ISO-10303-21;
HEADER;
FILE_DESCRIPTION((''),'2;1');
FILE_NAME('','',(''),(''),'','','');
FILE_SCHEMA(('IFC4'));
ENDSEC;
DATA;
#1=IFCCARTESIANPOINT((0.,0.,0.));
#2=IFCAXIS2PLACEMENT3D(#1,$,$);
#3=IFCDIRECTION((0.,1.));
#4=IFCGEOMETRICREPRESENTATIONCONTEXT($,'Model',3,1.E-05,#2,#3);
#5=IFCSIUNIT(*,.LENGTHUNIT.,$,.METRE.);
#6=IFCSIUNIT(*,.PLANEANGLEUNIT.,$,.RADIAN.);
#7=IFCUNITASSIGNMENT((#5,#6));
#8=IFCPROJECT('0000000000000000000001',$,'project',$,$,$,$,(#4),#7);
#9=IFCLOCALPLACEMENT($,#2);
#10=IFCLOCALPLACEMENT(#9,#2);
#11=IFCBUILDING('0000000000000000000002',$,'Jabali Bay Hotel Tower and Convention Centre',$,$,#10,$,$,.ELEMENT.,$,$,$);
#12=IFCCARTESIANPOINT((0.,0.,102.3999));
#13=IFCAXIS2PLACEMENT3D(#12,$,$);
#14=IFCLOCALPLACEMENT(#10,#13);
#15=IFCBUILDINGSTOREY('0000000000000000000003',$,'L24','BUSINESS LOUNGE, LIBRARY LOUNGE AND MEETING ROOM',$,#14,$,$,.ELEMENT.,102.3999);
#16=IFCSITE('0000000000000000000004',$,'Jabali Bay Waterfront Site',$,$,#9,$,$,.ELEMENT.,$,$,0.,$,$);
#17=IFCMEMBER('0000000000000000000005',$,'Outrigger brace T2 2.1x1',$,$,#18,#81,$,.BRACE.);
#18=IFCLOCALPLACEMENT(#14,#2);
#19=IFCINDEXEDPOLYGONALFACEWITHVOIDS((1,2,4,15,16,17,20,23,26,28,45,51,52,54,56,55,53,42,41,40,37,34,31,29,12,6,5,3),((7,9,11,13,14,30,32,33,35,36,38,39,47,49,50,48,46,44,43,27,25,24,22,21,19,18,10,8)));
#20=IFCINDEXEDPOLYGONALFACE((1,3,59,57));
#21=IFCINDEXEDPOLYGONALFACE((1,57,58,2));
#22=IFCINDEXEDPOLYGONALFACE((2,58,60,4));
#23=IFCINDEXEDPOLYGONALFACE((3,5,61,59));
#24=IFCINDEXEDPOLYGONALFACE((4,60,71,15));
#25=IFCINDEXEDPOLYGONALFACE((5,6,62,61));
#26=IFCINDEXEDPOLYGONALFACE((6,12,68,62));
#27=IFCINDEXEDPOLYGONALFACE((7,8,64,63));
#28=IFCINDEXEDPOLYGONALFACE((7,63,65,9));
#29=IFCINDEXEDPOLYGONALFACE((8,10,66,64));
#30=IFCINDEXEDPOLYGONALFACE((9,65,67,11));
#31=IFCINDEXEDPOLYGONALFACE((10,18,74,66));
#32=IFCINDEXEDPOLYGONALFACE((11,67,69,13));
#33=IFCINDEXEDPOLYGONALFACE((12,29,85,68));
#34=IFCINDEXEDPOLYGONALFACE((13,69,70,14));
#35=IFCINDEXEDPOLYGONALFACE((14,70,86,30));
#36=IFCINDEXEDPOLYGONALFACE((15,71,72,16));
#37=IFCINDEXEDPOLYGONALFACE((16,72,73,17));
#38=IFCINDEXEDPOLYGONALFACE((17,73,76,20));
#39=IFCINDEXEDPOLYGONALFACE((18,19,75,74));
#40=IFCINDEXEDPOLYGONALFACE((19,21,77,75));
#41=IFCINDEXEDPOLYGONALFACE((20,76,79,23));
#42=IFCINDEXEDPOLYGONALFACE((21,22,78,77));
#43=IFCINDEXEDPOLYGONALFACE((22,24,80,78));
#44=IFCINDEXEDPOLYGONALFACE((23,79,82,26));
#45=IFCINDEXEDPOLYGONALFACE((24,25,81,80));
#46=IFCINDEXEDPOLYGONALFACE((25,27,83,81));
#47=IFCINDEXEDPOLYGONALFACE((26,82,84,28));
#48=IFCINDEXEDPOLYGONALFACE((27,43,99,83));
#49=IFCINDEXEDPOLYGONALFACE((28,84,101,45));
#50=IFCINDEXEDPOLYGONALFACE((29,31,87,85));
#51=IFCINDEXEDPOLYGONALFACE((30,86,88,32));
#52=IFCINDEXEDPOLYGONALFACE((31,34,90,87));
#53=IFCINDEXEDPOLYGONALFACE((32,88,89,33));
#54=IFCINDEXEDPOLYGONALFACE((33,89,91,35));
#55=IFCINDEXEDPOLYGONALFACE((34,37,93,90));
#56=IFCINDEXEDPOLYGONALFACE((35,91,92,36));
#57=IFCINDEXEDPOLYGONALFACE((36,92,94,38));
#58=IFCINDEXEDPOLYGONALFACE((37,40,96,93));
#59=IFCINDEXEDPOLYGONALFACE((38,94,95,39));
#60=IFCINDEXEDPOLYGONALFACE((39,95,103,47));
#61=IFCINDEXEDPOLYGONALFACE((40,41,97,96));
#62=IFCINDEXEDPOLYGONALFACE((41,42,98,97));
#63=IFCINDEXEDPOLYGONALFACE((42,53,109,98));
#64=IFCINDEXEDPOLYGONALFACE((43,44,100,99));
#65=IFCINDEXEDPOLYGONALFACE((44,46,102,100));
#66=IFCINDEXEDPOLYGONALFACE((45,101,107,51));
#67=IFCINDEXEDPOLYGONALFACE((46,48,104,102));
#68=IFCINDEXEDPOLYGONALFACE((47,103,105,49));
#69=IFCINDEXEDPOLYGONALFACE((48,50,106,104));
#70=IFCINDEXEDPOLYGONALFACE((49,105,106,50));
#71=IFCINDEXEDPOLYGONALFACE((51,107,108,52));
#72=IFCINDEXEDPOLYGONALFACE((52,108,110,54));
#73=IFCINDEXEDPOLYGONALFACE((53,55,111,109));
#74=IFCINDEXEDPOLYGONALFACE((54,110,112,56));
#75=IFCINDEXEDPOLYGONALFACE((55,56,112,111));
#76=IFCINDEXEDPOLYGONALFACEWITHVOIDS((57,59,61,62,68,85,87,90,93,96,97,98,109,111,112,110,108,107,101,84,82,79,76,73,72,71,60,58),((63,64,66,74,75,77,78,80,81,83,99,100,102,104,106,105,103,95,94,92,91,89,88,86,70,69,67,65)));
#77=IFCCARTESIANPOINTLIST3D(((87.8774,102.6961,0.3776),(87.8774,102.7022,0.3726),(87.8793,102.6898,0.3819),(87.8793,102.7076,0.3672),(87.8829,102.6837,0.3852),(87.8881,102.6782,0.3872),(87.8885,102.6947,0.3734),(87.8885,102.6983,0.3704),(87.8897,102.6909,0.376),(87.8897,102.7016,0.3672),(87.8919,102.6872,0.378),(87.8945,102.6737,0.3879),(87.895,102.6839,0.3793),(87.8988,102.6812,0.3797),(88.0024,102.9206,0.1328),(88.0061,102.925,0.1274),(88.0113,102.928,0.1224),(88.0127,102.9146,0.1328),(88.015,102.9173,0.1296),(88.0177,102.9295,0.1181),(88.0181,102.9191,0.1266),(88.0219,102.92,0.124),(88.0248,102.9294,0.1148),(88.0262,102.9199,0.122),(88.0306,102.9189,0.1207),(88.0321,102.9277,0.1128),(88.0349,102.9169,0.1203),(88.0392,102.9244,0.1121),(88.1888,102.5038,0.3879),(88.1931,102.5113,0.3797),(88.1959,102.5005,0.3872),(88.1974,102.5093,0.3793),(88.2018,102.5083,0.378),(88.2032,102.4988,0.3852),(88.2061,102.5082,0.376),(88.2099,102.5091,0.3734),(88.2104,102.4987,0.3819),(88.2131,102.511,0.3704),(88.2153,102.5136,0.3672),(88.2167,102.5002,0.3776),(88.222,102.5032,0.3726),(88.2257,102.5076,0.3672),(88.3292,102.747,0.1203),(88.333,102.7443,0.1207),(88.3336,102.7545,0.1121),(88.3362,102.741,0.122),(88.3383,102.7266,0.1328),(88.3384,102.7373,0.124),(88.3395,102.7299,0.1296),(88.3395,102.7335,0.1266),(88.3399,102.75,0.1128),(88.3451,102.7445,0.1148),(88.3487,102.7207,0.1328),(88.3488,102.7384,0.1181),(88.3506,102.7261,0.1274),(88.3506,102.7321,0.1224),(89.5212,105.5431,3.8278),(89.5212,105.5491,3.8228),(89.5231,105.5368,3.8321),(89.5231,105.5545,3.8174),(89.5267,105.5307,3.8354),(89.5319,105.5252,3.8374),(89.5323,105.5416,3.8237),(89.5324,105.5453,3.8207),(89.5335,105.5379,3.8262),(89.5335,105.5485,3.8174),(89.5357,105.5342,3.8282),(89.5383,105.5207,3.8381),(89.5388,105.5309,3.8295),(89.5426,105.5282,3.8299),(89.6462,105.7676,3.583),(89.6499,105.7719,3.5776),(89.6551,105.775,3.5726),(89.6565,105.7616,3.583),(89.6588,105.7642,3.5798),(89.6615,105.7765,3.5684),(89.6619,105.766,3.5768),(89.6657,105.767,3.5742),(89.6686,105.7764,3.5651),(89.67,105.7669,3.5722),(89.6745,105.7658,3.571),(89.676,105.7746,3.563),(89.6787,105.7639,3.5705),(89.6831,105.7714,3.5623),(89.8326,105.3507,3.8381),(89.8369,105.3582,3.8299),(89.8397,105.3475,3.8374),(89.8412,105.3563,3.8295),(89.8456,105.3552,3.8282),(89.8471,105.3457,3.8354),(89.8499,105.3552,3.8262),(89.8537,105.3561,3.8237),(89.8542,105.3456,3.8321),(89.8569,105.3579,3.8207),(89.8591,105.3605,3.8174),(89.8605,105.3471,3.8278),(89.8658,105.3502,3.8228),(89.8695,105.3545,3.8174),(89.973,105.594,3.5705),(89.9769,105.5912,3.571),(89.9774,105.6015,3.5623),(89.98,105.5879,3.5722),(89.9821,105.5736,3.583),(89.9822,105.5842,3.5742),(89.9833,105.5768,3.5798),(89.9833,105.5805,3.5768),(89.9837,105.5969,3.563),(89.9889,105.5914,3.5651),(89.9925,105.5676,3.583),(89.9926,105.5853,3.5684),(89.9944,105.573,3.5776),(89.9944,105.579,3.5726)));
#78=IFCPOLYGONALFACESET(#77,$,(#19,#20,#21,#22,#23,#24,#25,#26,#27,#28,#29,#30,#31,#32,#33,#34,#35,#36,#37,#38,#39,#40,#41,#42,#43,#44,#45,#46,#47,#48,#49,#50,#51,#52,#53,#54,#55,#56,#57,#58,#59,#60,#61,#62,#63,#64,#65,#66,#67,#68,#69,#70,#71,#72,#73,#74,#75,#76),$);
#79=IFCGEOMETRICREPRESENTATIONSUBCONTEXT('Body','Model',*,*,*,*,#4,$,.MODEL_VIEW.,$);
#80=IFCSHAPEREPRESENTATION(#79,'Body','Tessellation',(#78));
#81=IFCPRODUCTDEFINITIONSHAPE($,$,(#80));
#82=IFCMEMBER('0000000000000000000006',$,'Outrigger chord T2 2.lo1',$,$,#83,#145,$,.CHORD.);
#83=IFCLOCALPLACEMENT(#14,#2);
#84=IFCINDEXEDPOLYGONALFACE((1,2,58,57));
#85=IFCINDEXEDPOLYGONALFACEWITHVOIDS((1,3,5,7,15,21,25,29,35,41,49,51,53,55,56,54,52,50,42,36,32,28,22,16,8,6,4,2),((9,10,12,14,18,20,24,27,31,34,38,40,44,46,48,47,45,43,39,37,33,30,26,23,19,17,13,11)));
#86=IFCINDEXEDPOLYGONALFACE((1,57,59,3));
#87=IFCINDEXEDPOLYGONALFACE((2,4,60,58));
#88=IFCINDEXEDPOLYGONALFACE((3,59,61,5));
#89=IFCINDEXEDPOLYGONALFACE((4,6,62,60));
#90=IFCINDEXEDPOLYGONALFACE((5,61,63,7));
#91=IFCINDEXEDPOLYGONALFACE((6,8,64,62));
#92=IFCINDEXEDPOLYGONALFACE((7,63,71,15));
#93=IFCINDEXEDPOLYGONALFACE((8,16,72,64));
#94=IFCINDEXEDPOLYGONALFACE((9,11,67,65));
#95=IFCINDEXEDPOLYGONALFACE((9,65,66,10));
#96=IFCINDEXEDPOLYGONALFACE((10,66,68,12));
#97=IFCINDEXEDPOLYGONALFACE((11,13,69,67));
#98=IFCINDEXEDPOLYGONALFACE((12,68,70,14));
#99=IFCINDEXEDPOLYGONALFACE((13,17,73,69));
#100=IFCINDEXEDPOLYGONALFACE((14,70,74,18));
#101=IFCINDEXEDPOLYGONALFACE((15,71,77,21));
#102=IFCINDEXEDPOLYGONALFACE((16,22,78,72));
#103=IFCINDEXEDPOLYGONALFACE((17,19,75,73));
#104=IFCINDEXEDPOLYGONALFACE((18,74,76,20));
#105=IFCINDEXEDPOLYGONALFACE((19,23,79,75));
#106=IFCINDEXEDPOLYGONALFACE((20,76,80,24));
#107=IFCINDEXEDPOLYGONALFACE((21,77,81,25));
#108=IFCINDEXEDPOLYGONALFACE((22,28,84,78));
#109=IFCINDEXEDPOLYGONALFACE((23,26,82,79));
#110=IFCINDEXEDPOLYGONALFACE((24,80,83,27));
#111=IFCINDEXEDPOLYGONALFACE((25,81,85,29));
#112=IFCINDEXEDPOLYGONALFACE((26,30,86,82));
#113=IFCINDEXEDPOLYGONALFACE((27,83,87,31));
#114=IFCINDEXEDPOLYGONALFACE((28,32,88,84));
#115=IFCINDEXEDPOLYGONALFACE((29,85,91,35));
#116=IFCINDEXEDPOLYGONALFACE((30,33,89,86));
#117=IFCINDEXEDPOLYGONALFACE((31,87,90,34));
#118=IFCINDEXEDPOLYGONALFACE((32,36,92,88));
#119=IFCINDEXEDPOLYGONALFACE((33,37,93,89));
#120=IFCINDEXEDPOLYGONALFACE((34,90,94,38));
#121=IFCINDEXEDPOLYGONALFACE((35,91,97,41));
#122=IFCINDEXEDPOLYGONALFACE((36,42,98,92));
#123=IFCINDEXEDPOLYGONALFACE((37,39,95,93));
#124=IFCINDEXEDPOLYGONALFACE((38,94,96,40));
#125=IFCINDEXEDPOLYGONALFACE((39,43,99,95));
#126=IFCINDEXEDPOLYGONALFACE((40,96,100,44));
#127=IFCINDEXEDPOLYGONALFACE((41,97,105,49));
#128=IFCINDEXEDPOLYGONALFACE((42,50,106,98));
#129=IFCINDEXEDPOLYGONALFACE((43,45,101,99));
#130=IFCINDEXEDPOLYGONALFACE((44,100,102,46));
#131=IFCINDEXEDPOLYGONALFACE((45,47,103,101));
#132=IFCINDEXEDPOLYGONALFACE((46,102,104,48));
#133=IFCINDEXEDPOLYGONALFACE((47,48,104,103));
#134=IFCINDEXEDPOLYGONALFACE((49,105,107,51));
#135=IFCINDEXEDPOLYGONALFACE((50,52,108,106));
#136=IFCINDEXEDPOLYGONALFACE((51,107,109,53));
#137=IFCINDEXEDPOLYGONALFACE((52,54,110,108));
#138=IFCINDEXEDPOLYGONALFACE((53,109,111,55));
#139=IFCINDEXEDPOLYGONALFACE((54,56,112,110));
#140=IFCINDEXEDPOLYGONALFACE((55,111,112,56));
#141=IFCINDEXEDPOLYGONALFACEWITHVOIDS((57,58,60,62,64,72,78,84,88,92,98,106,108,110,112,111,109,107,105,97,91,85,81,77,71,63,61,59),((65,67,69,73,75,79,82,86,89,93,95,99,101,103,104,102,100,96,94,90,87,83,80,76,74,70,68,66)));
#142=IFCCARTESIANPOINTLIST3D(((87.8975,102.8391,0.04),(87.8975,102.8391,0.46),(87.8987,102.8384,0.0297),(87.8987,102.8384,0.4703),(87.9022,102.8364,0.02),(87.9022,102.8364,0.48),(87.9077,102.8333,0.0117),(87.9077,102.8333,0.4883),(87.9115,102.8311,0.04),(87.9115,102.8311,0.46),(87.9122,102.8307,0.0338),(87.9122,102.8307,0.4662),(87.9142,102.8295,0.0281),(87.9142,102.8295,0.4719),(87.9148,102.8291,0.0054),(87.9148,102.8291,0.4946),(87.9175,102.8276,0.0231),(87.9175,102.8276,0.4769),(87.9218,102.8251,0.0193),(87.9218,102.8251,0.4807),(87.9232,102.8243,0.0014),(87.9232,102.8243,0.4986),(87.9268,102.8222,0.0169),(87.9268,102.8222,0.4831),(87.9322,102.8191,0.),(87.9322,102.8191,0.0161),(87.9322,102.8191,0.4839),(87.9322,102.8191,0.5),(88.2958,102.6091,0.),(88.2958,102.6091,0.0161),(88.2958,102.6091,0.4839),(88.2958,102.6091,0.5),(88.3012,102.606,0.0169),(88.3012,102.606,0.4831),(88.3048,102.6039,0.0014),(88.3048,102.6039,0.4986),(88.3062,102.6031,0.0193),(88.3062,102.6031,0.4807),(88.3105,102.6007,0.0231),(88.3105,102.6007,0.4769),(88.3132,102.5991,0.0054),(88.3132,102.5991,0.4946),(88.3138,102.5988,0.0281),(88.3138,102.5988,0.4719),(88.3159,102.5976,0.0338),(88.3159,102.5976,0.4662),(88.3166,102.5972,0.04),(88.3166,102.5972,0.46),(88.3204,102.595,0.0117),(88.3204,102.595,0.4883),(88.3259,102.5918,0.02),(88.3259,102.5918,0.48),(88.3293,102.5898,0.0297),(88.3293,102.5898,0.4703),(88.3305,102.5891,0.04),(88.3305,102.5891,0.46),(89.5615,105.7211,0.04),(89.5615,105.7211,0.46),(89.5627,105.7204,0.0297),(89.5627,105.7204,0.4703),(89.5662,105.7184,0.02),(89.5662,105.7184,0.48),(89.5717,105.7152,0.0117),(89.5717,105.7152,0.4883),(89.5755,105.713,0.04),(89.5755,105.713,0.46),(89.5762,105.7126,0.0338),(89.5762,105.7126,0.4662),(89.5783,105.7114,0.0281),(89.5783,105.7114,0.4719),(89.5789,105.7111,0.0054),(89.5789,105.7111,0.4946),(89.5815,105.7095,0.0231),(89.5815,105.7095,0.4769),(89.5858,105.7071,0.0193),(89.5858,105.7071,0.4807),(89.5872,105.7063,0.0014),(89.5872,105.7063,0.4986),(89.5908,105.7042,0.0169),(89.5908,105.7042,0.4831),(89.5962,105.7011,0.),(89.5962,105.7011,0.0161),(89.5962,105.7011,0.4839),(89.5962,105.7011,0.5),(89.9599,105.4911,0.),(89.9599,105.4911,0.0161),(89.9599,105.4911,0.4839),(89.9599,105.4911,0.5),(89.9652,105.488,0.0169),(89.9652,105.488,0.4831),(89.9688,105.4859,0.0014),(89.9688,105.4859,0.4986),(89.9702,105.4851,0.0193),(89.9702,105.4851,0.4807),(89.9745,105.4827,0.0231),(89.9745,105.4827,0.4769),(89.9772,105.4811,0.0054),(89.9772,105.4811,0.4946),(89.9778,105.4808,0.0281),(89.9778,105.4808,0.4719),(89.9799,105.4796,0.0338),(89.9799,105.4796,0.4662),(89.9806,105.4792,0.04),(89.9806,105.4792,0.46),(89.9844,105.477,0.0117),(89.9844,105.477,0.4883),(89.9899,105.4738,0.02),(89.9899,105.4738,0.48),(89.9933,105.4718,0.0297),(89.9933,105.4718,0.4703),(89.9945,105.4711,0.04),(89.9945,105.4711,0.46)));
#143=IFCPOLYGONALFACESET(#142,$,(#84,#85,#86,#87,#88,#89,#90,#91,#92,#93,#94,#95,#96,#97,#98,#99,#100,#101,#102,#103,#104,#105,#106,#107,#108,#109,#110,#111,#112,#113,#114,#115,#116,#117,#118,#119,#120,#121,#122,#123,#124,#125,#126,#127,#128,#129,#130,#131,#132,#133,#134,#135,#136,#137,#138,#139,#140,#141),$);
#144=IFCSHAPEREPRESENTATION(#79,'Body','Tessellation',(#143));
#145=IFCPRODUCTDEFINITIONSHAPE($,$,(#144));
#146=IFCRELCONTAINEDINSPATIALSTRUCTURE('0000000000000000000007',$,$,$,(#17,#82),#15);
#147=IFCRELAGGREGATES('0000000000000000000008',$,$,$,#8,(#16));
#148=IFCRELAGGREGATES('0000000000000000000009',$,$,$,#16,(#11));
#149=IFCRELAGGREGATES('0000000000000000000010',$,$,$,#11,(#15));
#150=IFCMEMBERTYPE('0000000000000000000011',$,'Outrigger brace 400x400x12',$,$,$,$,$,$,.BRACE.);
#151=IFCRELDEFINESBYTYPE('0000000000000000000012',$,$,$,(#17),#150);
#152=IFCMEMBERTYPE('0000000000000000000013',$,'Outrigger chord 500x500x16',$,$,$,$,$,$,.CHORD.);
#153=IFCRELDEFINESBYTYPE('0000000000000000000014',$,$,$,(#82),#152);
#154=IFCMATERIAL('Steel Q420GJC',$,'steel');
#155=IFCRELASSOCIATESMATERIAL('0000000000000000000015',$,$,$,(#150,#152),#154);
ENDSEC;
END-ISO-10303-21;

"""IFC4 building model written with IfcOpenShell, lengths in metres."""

from ifc_helpers import new_model, si_unit, direction, frame, origin, origin_2d, place, context, subcontext, project, spatial, hollow_rectangle, extrude, material, material_profile, profile_set, type_object, element, save


model = new_model("IFC4")

# Units and contexts
model_context = context("Model", 3, precision=1e-05, world=origin(), true_north=direction((0.0, 1.0)))
body_context = subcontext(model_context, "Body", "Model", "MODEL_VIEW")
ifc_project = project(units=[si_unit("LENGTHUNIT", "METRE"), si_unit("PLANEANGLEUNIT", "RADIAN")], contexts=[model_context])

# Site, building, storey
site_placement = place(None, origin())
site = spatial("IfcSite", under=ifc_project, at=site_placement, Name="Jabali Bay Waterfront Site", CompositionType="ELEMENT", RefElevation=0.0)
building_placement = place(site_placement, origin())
building = spatial("IfcBuilding", under=site, at=building_placement, Name="Jabali Bay Hotel Tower and Convention Centre", CompositionType="ELEMENT")
storey_placement = place(building_placement, frame((0.0, 0.0, 102.3999)))
storey = spatial("IfcBuildingStorey", under=building, at=storey_placement, Name="L24", Description="BUSINESS LOUNGE, LIBRARY LOUNGE AND MEETING ROOM", CompositionType="ELEMENT", Elevation=102.3999)

# Shared definitions
ifc_material_1 = material(Name="Steel Q420GJC", Category="steel")

# Members
ifc_material_profile_1 = material_profile(ifc_material_1, hollow_rectangle(XDim=0.3999, YDim=0.3999, WallThickness=0.012, InnerFilletRadius=0.0181, OuterFilletRadius=0.03, at=origin_2d()), Name="Outrigger brace 400x400x12")
ifc_profile_set_1 = profile_set([ifc_material_profile_1], Name="Steel Q420GJC")
member_type_1 = type_object("IfcMemberType", Name="Outrigger brace 400x400x12", PredefinedType="BRACE", material=ifc_profile_set_1)
member_1_placement = place(storey_placement, frame((88.114, 102.7141, 0.25), z_axis=(0.34493, 0.597391, 0.72398), x_axis=(-0.866009, 0.500029, 0.0)))
element("IfcMember", 1, at=member_1_placement, inside=storey, type_object=member_type_1, Name="Outrigger brace T2 2.1x1", PredefinedType="BRACE", context=body_context, shape_type="SweptSolid", body=[
    extrude(hollow_rectangle(XDim=0.3999, YDim=0.3999, WallThickness=0.012, InnerFilletRadius=0.0181, OuterFilletRadius=0.03, at=origin_2d()), origin(), (0.0, 0.0, 1.0), 4.7656),
])
ifc_material_profile_2 = material_profile(ifc_material_1, hollow_rectangle(XDim=0.5, YDim=0.5, WallThickness=0.0161, InnerFilletRadius=0.0239, OuterFilletRadius=0.04, at=origin_2d()), Name="Outrigger chord 500x500x16")
ifc_profile_set_2 = profile_set([ifc_material_profile_2], Name="Steel Q420GJC")
member_type_2 = type_object("IfcMemberType", Name="Outrigger chord 500x500x16", PredefinedType="CHORD", material=ifc_profile_set_2)
member_2_placement = place(storey_placement, frame((88.114, 102.7141, 0.25), z_axis=(0.500021, 0.866013, 0.0), x_axis=(-0.866013, 0.500021, 0.0)))
element("IfcMember", 2, at=member_2_placement, inside=storey, type_object=member_type_2, Name="Outrigger chord T2 2.lo1", PredefinedType="CHORD", context=body_context, shape_type="SweptSolid", body=[
    extrude(hollow_rectangle(XDim=0.5, YDim=0.5, WallThickness=0.0161, InnerFilletRadius=0.0239, OuterFilletRadius=0.04, at=origin_2d()), origin(), (0.0, 0.0, 1.0), 3.3279),
])

save(model, "model.ifc")
